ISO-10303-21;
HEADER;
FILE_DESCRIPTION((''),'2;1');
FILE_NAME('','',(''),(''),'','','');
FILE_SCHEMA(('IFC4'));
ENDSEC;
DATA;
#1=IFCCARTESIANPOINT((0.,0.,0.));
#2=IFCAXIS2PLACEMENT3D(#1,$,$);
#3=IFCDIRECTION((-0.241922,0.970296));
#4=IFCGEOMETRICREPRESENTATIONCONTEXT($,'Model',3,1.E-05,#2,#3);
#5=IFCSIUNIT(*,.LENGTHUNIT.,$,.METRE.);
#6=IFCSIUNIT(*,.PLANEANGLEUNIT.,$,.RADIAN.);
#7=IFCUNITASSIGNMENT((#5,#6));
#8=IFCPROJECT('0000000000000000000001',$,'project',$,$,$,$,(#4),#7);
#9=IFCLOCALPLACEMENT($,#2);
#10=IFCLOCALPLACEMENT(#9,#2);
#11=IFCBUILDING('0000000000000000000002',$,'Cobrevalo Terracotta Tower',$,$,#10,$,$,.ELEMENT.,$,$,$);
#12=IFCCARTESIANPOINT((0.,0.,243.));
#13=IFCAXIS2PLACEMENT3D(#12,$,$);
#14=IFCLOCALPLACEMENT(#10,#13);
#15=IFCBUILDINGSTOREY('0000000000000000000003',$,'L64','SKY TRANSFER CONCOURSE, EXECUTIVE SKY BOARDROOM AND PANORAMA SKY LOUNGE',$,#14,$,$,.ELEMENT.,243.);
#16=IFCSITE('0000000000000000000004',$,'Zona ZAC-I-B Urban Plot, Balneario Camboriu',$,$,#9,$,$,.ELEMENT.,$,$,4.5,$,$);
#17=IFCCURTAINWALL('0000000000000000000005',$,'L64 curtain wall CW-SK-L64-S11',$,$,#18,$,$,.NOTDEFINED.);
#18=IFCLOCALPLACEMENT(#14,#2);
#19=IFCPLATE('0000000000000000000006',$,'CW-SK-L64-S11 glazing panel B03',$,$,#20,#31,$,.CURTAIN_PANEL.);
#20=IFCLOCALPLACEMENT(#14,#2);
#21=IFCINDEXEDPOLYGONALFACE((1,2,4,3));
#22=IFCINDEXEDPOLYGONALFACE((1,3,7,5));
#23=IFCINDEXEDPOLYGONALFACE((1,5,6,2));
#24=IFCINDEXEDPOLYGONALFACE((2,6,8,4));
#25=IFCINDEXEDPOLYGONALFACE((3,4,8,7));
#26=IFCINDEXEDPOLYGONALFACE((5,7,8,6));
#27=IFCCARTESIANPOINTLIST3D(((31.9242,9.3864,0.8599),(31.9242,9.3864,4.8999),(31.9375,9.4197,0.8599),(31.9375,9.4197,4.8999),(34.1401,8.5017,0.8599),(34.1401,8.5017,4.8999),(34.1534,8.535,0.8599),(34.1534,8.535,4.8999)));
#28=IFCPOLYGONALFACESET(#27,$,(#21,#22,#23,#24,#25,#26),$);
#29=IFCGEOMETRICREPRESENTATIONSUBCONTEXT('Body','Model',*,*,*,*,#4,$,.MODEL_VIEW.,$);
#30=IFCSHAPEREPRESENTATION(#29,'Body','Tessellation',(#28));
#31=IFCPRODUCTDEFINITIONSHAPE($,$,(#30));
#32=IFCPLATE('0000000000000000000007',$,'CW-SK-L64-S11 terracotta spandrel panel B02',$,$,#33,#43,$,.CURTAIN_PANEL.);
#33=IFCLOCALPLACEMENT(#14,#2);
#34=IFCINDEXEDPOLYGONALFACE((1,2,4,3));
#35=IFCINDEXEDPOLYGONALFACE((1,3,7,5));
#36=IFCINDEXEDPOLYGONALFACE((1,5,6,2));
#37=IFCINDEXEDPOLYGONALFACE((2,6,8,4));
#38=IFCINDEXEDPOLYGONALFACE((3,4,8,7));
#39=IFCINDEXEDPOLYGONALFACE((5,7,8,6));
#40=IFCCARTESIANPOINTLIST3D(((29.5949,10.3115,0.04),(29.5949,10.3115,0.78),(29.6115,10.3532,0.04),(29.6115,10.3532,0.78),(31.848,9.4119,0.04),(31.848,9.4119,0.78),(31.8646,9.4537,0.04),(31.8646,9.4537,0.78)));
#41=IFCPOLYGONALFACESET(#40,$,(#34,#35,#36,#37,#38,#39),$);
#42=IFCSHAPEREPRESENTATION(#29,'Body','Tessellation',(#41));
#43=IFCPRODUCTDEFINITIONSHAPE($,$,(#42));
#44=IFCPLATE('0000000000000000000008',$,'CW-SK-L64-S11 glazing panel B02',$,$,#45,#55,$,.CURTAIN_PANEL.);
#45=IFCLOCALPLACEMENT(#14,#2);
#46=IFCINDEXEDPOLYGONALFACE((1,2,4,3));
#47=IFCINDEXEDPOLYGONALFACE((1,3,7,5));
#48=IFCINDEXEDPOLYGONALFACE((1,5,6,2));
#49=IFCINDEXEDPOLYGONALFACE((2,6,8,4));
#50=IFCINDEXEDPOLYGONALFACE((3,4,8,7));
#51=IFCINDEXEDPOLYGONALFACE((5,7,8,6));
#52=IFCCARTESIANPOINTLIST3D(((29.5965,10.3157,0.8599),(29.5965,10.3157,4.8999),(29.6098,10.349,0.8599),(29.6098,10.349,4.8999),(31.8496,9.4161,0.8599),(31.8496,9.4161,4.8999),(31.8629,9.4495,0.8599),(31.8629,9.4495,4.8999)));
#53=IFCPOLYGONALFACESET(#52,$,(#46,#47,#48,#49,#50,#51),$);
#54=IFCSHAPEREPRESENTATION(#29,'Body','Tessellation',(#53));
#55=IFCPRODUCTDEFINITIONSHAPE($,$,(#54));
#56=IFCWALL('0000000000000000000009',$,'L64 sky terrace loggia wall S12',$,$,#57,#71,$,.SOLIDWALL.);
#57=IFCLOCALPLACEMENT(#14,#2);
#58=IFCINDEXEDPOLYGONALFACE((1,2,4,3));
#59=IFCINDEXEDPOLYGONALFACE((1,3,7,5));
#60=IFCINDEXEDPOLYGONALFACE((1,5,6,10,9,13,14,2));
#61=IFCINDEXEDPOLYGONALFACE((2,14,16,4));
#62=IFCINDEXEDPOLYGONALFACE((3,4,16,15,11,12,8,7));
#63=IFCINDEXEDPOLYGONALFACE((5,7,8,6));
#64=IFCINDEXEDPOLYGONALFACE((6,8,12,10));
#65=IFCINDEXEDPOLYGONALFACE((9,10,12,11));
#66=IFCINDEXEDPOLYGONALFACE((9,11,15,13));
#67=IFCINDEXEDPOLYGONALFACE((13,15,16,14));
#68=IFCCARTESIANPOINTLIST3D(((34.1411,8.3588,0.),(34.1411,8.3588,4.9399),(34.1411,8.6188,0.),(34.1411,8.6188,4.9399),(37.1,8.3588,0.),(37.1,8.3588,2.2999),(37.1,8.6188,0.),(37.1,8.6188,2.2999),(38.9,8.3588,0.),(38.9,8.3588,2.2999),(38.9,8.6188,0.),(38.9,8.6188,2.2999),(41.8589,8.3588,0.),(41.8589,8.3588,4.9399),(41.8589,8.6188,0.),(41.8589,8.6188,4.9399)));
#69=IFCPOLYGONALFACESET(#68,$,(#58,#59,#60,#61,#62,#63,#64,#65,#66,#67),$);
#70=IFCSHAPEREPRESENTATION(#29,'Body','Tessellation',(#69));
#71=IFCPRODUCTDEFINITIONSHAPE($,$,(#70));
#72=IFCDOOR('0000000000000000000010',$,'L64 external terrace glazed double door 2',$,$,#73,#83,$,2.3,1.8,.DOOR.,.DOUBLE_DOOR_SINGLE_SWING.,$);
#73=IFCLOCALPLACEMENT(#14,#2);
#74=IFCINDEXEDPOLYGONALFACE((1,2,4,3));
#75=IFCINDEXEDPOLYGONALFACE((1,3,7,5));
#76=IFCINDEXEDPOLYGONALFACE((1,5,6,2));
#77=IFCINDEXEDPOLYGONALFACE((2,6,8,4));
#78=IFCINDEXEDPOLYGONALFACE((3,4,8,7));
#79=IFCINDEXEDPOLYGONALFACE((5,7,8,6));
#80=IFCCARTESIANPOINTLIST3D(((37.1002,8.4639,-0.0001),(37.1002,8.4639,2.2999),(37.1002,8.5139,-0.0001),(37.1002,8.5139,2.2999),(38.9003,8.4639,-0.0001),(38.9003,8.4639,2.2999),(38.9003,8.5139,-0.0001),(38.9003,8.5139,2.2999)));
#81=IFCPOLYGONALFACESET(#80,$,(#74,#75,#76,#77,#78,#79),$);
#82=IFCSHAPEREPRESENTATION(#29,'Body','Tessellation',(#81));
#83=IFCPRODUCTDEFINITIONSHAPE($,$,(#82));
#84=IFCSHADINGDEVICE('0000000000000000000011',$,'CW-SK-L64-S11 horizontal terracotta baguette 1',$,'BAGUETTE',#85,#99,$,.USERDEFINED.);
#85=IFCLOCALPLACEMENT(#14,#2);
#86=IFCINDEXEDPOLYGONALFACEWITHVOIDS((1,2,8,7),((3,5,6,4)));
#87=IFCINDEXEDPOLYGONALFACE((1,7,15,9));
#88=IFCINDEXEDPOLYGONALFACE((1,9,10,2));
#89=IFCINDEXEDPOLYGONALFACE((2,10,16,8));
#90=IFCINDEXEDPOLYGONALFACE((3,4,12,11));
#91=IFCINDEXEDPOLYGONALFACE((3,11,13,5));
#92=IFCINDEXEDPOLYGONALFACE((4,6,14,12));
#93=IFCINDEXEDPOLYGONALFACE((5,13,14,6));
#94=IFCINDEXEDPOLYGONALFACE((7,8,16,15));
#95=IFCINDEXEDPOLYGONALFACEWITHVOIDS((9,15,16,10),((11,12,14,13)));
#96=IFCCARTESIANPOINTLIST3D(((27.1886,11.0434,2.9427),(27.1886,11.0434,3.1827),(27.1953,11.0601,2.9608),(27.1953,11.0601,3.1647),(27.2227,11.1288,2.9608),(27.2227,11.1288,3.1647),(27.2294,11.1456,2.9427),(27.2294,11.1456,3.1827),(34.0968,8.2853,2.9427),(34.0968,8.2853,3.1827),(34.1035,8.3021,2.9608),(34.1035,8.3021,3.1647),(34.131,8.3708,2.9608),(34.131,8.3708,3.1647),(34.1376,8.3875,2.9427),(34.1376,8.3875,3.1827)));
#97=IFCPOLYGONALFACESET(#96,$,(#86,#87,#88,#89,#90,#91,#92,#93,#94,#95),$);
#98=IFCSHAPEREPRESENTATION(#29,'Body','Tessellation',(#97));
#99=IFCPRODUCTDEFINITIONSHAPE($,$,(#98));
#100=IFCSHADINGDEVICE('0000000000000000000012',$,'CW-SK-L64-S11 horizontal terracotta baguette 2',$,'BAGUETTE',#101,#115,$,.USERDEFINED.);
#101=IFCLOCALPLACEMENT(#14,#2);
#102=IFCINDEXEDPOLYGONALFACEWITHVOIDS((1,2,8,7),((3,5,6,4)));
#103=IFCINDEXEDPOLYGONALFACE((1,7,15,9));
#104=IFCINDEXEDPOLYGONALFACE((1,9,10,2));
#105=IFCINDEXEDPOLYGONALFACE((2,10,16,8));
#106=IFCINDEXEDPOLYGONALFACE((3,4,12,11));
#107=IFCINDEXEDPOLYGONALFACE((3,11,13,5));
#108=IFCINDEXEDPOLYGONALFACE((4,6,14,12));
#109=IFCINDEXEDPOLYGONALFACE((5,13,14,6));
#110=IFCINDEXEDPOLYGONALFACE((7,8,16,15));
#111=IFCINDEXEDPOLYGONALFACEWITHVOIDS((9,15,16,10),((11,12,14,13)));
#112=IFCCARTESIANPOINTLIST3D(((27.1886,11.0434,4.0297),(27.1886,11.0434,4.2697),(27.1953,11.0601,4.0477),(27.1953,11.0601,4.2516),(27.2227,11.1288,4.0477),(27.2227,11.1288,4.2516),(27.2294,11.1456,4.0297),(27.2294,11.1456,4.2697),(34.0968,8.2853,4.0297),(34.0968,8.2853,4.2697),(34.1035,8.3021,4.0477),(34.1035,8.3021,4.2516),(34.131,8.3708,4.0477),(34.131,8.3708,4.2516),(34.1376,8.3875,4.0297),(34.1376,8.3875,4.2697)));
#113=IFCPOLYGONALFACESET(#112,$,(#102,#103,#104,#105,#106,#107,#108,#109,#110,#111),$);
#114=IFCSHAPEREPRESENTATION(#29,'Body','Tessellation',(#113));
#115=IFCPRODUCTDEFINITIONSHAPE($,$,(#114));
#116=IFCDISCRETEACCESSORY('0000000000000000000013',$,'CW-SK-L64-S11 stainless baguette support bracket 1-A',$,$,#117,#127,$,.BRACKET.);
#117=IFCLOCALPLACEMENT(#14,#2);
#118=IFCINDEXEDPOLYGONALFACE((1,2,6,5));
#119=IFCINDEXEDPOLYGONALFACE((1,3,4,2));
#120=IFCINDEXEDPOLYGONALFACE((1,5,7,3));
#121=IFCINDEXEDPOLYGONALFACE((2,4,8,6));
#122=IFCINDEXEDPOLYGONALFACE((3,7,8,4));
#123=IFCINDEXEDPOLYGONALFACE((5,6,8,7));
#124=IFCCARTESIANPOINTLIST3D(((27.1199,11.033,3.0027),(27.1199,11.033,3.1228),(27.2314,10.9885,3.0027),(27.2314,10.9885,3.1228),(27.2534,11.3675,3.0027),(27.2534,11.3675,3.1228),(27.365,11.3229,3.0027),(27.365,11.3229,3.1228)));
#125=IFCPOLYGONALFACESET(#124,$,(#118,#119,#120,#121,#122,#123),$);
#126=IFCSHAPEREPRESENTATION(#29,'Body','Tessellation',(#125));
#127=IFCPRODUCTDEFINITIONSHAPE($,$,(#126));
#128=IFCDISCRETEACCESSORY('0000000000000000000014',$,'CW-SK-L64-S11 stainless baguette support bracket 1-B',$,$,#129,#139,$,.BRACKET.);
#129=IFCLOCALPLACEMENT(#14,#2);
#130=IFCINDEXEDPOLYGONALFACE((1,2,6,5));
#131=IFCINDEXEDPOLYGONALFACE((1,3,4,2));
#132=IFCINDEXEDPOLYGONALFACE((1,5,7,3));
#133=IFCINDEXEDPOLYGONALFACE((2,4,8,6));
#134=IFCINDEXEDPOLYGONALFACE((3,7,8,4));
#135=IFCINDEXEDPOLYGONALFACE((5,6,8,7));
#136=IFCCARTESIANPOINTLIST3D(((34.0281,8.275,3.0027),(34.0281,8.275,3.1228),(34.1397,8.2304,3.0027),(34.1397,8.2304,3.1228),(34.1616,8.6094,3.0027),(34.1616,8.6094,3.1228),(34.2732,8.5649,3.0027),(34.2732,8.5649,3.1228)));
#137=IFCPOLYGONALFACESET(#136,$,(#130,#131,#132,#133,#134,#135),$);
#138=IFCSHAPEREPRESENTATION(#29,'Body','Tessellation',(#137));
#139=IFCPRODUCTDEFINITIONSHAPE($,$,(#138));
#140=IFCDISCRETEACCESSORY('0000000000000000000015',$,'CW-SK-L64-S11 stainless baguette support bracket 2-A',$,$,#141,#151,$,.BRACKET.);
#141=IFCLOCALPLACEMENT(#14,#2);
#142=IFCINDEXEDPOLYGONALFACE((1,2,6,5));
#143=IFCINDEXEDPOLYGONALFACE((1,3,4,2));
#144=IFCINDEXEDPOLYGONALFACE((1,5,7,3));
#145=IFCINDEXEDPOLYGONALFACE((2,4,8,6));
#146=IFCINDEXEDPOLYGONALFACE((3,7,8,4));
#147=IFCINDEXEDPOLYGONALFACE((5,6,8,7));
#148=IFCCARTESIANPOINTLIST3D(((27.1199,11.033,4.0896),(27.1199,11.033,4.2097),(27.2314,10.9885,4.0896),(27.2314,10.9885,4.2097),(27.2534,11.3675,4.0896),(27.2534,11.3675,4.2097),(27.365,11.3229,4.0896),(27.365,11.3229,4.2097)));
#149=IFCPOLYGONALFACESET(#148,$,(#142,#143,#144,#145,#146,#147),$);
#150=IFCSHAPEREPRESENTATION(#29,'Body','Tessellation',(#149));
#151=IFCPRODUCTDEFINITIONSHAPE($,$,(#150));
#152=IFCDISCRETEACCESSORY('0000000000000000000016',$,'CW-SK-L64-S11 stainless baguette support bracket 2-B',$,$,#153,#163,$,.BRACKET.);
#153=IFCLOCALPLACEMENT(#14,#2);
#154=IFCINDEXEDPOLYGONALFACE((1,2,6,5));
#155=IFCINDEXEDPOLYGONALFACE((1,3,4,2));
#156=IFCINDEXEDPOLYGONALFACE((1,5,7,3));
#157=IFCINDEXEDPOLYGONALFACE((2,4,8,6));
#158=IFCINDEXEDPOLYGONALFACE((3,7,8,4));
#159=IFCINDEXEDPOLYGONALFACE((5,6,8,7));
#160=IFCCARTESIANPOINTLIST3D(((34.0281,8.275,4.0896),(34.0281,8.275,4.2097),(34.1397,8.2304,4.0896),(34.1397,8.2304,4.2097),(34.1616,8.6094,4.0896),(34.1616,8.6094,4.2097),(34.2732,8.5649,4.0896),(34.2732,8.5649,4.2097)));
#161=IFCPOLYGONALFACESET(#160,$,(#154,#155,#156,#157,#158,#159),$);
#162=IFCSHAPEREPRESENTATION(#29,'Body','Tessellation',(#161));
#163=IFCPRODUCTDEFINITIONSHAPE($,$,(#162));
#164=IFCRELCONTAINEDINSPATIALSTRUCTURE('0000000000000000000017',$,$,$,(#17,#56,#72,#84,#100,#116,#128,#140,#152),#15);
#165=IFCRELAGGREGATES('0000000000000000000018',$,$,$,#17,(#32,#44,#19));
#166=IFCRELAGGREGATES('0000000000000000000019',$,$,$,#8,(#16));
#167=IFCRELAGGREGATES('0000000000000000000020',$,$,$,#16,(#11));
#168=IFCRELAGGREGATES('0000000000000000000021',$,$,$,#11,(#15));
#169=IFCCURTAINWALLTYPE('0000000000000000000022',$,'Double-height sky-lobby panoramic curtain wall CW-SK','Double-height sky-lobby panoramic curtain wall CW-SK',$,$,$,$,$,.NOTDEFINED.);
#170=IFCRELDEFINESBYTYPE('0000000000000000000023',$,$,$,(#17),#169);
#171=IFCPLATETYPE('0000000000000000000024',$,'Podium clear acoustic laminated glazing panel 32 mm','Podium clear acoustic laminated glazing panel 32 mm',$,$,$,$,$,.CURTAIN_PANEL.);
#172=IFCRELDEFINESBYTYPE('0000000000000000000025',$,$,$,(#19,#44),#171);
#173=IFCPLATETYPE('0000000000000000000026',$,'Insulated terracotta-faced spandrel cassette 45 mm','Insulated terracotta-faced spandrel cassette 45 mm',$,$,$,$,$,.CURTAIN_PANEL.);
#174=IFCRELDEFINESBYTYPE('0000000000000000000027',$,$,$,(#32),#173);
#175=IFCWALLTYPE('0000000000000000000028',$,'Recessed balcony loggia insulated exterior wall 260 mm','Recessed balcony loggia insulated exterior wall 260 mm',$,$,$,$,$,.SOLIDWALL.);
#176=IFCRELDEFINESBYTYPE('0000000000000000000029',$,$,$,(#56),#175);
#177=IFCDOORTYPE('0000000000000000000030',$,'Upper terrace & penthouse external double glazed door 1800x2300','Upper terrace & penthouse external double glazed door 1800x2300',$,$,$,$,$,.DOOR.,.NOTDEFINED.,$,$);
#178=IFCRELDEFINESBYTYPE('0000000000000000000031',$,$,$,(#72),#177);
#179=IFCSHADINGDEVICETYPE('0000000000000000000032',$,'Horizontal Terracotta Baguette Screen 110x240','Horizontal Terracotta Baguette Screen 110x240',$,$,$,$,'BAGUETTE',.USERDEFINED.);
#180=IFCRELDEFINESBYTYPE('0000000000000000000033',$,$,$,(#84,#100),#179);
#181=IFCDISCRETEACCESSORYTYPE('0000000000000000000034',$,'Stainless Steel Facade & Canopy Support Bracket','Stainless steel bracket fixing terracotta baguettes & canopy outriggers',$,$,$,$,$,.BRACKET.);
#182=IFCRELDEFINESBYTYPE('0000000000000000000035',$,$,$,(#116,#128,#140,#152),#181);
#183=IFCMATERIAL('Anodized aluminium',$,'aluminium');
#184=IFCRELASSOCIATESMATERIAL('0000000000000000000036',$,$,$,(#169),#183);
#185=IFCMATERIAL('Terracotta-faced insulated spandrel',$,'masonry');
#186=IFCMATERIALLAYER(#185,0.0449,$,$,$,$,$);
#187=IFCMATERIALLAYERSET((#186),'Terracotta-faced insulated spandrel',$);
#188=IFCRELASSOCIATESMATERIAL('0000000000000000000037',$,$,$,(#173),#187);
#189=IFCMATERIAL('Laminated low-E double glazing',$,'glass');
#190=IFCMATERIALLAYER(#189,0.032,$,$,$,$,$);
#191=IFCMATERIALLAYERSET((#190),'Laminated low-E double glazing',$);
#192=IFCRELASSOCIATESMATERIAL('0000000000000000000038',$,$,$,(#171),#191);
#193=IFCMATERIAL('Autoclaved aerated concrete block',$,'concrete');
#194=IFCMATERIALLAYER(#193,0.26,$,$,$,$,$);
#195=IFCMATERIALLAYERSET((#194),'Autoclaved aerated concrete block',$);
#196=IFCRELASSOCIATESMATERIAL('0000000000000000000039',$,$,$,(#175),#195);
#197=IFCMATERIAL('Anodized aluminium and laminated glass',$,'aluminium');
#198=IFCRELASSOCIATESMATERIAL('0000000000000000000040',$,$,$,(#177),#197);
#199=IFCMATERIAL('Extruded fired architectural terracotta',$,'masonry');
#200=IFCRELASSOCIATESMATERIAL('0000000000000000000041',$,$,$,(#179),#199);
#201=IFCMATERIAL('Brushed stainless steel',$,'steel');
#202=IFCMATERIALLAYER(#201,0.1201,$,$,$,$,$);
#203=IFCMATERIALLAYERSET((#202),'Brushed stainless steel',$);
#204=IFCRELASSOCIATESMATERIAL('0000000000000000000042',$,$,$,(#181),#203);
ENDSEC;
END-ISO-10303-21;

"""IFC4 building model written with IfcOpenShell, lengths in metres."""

from ifc_helpers import new_model, si_unit, direction, frame, frame_2d, origin, origin_2d, place, context, subcontext, project, spatial, rectangle, hollow_rectangle, extrude, source, transform, mapped, material, layer, layer_set, material_profile, profile_set, type_object, element, fill, aggregate, save


model = new_model("IFC4")

# Units and contexts
model_context = context("Model", 3, precision=1e-05, world=origin(), true_north=direction((-0.241922, 0.970296)))
body_context = subcontext(model_context, "Body", "Model", "MODEL_VIEW")
ifc_project = project(units=[si_unit("LENGTHUNIT", "METRE"), si_unit("PLANEANGLEUNIT", "RADIAN")], contexts=[model_context])

# Site, building, storey
site_placement = place(None, origin())
site = spatial("IfcSite", under=ifc_project, at=site_placement, Name="Zona ZAC-I-B Urban Plot, Balneario Camboriu", CompositionType="ELEMENT", RefElevation=4.5)
building_placement = place(site_placement, origin())
building = spatial("IfcBuilding", under=site, at=building_placement, Name="Cobrevalo Terracotta Tower", CompositionType="ELEMENT")
storey_placement = place(building_placement, frame((0.0, 0.0, 243.0)))
storey = spatial("IfcBuildingStorey", under=building, at=storey_placement, Name="L64", Description="SKY TRANSFER CONCOURSE, EXECUTIVE SKY BOARDROOM AND PANORAMA SKY LOUNGE", CompositionType="ELEMENT", Elevation=243.0)

# Shared definitions
ifc_material_1 = material(Name="Anodized aluminium", Category="aluminium")
curtain_wall_type = type_object("IfcCurtainWallType", Name="Double-height sky-lobby panoramic curtain wall CW-SK", Description="Double-height sky-lobby panoramic curtain wall CW-SK", PredefinedType="NOTDEFINED", material=ifc_material_1)

# Curtain wall, plates
curtain_wall_1_placement = place(storey_placement, origin())
curtain_wall_1 = element("IfcCurtainWall", 1, at=curtain_wall_1_placement, inside=storey, type_object=curtain_wall_type, Name="L64 curtain wall CW-SK-L64-S11", PredefinedType="NOTDEFINED")
ifc_material_2 = material(Name="Terracotta-faced insulated spandrel", Category="masonry")
ifc_layer_1 = layer(ifc_material_2, 0.0449)
ifc_layer_set_1 = layer_set([ifc_layer_1], Name="Terracotta-faced insulated spandrel")
plate_type_1 = type_object("IfcPlateType", Name="Insulated terracotta-faced spandrel cassette 45 mm", Description="Insulated terracotta-faced spandrel cassette 45 mm", PredefinedType="CURTAIN_PANEL", material=ifc_layer_set_1)
ifc_material_3 = material(Name="Laminated low-E double glazing", Category="glass")
ifc_layer_2 = layer(ifc_material_3, 0.032)
ifc_layer_set_2 = layer_set([ifc_layer_2], Name="Laminated low-E double glazing")
plate_type_2 = type_object("IfcPlateType", Name="Podium clear acoustic laminated glazing panel 32 mm", Description="Podium clear acoustic laminated glazing panel 32 mm", PredefinedType="CURTAIN_PANEL", material=ifc_layer_set_2)
shared_shape_1 = source(origin(), body_context, "Body", "SweptSolid", [
    extrude(rectangle(XDim=2.386, YDim=0.0359, at=origin_2d()), origin(), (0.0, 0.0, 1.0), 4.04),
])
plate_1_placement = place(storey_placement, frame((33.0388, 8.9607, 0.8599), z_axis=(0.0, 0.0, 1.0), x_axis=(0.928718, -0.370786, 0.0)))
plate_1 = element("IfcPlate", 2, at=plate_1_placement, type_object=plate_type_2, Name="CW-SK-L64-S11 glazing panel B03", PredefinedType="CURTAIN_PANEL", context=body_context, shape_type="MappedRepresentation", body=[
    mapped(shared_shape_1, transform((0.0, 0.0, 0.0), scale=1.0)),
])
shared_shape_2 = source(origin(), body_context, "Body", "SweptSolid", [
    extrude(rectangle(XDim=2.426, YDim=0.0449, at=origin_2d()), origin(), (0.0, 0.0, 1.0), 0.74),
])
plate_2_placement = place(storey_placement, frame((30.7297, 9.8826, 0.04), z_axis=(0.0, 0.0, 1.0), x_axis=(0.928718, -0.370786, 0.0)))
plate_2 = element("IfcPlate", 3, at=plate_2_placement, type_object=plate_type_1, Name="CW-SK-L64-S11 terracotta spandrel panel B02", PredefinedType="CURTAIN_PANEL", context=body_context, shape_type="MappedRepresentation", body=[
    mapped(shared_shape_2, transform((0.0, 0.0, 0.0), scale=1.0)),
])
shared_shape_3 = source(origin(), body_context, "Body", "SweptSolid", [
    extrude(rectangle(XDim=2.426, YDim=0.0359, at=origin_2d()), origin(), (0.0, 0.0, 1.0), 4.04),
])
plate_3_placement = place(storey_placement, frame((30.7297, 9.8826, 0.8599), z_axis=(0.0, 0.0, 1.0), x_axis=(0.928718, -0.370786, 0.0)))
plate_3 = element("IfcPlate", 4, at=plate_3_placement, type_object=plate_type_2, Name="CW-SK-L64-S11 glazing panel B02", PredefinedType="CURTAIN_PANEL", context=body_context, shape_type="MappedRepresentation", body=[
    mapped(shared_shape_3, transform((0.0, 0.0, 0.0), scale=1.0)),
])
aggregate(curtain_wall_1, [plate_2, plate_3, plate_1])

# Wall, opening, door
ifc_material_4 = material(Name="Autoclaved aerated concrete block", Category="concrete")
ifc_layer_3 = layer(ifc_material_4, 0.26)
ifc_layer_set_3 = layer_set([ifc_layer_3], Name="Autoclaved aerated concrete block")
wall_type = type_object("IfcWallType", Name="Recessed balcony loggia insulated exterior wall 260 mm", Description="Recessed balcony loggia insulated exterior wall 260 mm", PredefinedType="SOLIDWALL", material=ifc_layer_set_3)
wall_placement = place(storey_placement, frame((34.1411, 8.4888, 0.0), z_axis=(0.0, 0.0, 1.0), x_axis=(1.0, 0.0, 0.0)))
wall = element("IfcWall", 5, at=wall_placement, inside=storey, type_object=wall_type, Name="L64 sky terrace loggia wall S12", PredefinedType="SOLIDWALL", context=body_context, shape_type="SweptSolid", body=[
    extrude(rectangle(XDim=7.7178, YDim=0.26, at=frame_2d((3.8589, 0.0))), origin(), (0.0, 0.0, 1.0), 4.9399),
])
opening_placement = place(wall_placement, frame((2.959, 0.0, 0.0)))
opening = element("IfcOpeningElement", 6, at=opening_placement, cuts=wall, PredefinedType="OPENING", context=body_context, shape_type="SweptSolid", body=[
    extrude(rectangle(XDim=1.8, YDim=2.3, at=frame_2d((0.8999, 1.1499))), frame((0.0, 0.1401, 0.0), z_axis=(0.0, -1.0, 0.0), x_axis=(1.0, 0.0, 0.0)), (0.0, 0.0, 1.0), 0.28),
])
ifc_material_5 = material(Name="Anodized aluminium and laminated glass", Category="aluminium")
door_type = type_object("IfcDoorType", Name="Upper terrace & penthouse external double glazed door 1800x2300", Description="Upper terrace & penthouse external double glazed door 1800x2300", OperationType="NOTDEFINED", PredefinedType="DOOR", material=ifc_material_5)
shared_shape_4 = source(origin(), body_context, "Body", "SweptSolid", [
    extrude(rectangle(XDim=1.8, YDim=2.3, at=frame_2d((0.8999, 1.1499))), frame((0.0, 0.0249, 0.0), z_axis=(0.0, -1.0, 0.0), x_axis=(1.0, 0.0, 0.0)), (0.0, 0.0, 1.0), 0.05),
])
door_placement = place(opening_placement, frame((1.8, 0.0, 0.0), z_axis=(0.0, 0.0, 1.0), x_axis=(-1.0, 0.0, 0.0)))
door = element("IfcDoor", 7, at=door_placement, inside=storey, type_object=door_type, Name="L64 external terrace glazed double door 2", OperationType="DOUBLE_DOOR_SINGLE_SWING", OverallHeight=2.3, OverallWidth=1.8, PredefinedType="DOOR", context=body_context, shape_type="MappedRepresentation", body=[
    mapped(shared_shape_4, transform((0.0, 0.0, 0.0), scale=1.0)),
])
fill(opening, door)

# Shading devices
ifc_material_6 = material(Name="Extruded fired architectural terracotta", Category="masonry")
ifc_material_profile_1 = material_profile(ifc_material_6, hollow_rectangle(XDim=0.1101, YDim=0.24, WallThickness=0.0181, at=origin_2d()), Name="BAGUETTE 110x240")
ifc_profile_set_1 = profile_set([ifc_material_profile_1], Name="Extruded fired architectural terracotta")
shading_device_type = type_object("IfcShadingDeviceType", Name="Horizontal Terracotta Baguette Screen 110x240", Description="Horizontal Terracotta Baguette Screen 110x240", ElementType="BAGUETTE", PredefinedType="USERDEFINED", material=ifc_profile_set_1)
shared_shape_5 = source(origin(), body_context, "Body", "SweptSolid", [
    extrude(hollow_rectangle(XDim=0.1101, YDim=0.24, WallThickness=0.0181, at=origin_2d()), origin(), (0.0, 0.0, 1.0), 7.4385),
])
for number, where, z_axis, x_axis, name in (
    (8, (27.209, 11.0945, 3.0627), (0.928719, -0.370785, 0.0), (0.370785, 0.928719, 0.0), "CW-SK-L64-S11 horizontal terracotta baguette 1"),
    (9, (27.209, 11.0945, 4.1497), (0.928719, -0.370785, 0.0), (0.370785, 0.928719, 0.0), "CW-SK-L64-S11 horizontal terracotta baguette 2"),
):
    element("IfcShadingDevice", number, at=place(storey_placement, frame(where, z_axis=z_axis, x_axis=x_axis)), inside=storey, type_object=shading_device_type, Name=name, ObjectType="BAGUETTE", PredefinedType="USERDEFINED", context=body_context, shape_type="MappedRepresentation", body=[
        mapped(shared_shape_5, transform((0.0, 0.0, 0.0), scale=1.0)),
    ])

# Discrete accessories
ifc_material_7 = material(Name="Brushed stainless steel", Category="steel")
ifc_layer_4 = layer(ifc_material_7, 0.1201)
ifc_layer_set_4 = layer_set([ifc_layer_4], Name="Brushed stainless steel")
discrete_accessory_type = type_object("IfcDiscreteAccessoryType", Name="Stainless Steel Facade & Canopy Support Bracket", Description="Stainless steel bracket fixing terracotta baguettes & canopy outriggers", PredefinedType="BRACKET", material=ifc_layer_set_4)
shared_shape_6 = source(origin(), body_context, "Body", "SweptSolid", [
    extrude(rectangle(XDim=0.1201, YDim=0.3601, at=origin_2d()), origin(), (0.0, 0.0, 1.0), 0.1201),
])
for number, where, z_axis, x_axis, name in (
    (10, (27.2424, 11.178, 3.0027), (0.0, 0.0, 1.0), (0.928718, -0.370786, 0.0), "CW-SK-L64-S11 stainless baguette support bracket 1-A"),
    (11, (34.1506, 8.4199, 3.0027), (0.0, 0.0, 1.0), (0.928718, -0.370786, 0.0), "CW-SK-L64-S11 stainless baguette support bracket 1-B"),
    (12, (27.2424, 11.178, 4.0896), (0.0, 0.0, 1.0), (0.928718, -0.370786, 0.0), "CW-SK-L64-S11 stainless baguette support bracket 2-A"),
    (13, (34.1506, 8.4199, 4.0896), (0.0, 0.0, 1.0), (0.928718, -0.370786, 0.0), "CW-SK-L64-S11 stainless baguette support bracket 2-B"),
):
    element("IfcDiscreteAccessory", number, at=place(storey_placement, frame(where, z_axis=z_axis, x_axis=x_axis)), inside=storey, type_object=discrete_accessory_type, Name=name, PredefinedType="BRACKET", context=body_context, shape_type="MappedRepresentation", body=[
        mapped(shared_shape_6, transform((0.0, 0.0, 0.0), scale=1.0)),
    ])

save(model, "model.ifc")
